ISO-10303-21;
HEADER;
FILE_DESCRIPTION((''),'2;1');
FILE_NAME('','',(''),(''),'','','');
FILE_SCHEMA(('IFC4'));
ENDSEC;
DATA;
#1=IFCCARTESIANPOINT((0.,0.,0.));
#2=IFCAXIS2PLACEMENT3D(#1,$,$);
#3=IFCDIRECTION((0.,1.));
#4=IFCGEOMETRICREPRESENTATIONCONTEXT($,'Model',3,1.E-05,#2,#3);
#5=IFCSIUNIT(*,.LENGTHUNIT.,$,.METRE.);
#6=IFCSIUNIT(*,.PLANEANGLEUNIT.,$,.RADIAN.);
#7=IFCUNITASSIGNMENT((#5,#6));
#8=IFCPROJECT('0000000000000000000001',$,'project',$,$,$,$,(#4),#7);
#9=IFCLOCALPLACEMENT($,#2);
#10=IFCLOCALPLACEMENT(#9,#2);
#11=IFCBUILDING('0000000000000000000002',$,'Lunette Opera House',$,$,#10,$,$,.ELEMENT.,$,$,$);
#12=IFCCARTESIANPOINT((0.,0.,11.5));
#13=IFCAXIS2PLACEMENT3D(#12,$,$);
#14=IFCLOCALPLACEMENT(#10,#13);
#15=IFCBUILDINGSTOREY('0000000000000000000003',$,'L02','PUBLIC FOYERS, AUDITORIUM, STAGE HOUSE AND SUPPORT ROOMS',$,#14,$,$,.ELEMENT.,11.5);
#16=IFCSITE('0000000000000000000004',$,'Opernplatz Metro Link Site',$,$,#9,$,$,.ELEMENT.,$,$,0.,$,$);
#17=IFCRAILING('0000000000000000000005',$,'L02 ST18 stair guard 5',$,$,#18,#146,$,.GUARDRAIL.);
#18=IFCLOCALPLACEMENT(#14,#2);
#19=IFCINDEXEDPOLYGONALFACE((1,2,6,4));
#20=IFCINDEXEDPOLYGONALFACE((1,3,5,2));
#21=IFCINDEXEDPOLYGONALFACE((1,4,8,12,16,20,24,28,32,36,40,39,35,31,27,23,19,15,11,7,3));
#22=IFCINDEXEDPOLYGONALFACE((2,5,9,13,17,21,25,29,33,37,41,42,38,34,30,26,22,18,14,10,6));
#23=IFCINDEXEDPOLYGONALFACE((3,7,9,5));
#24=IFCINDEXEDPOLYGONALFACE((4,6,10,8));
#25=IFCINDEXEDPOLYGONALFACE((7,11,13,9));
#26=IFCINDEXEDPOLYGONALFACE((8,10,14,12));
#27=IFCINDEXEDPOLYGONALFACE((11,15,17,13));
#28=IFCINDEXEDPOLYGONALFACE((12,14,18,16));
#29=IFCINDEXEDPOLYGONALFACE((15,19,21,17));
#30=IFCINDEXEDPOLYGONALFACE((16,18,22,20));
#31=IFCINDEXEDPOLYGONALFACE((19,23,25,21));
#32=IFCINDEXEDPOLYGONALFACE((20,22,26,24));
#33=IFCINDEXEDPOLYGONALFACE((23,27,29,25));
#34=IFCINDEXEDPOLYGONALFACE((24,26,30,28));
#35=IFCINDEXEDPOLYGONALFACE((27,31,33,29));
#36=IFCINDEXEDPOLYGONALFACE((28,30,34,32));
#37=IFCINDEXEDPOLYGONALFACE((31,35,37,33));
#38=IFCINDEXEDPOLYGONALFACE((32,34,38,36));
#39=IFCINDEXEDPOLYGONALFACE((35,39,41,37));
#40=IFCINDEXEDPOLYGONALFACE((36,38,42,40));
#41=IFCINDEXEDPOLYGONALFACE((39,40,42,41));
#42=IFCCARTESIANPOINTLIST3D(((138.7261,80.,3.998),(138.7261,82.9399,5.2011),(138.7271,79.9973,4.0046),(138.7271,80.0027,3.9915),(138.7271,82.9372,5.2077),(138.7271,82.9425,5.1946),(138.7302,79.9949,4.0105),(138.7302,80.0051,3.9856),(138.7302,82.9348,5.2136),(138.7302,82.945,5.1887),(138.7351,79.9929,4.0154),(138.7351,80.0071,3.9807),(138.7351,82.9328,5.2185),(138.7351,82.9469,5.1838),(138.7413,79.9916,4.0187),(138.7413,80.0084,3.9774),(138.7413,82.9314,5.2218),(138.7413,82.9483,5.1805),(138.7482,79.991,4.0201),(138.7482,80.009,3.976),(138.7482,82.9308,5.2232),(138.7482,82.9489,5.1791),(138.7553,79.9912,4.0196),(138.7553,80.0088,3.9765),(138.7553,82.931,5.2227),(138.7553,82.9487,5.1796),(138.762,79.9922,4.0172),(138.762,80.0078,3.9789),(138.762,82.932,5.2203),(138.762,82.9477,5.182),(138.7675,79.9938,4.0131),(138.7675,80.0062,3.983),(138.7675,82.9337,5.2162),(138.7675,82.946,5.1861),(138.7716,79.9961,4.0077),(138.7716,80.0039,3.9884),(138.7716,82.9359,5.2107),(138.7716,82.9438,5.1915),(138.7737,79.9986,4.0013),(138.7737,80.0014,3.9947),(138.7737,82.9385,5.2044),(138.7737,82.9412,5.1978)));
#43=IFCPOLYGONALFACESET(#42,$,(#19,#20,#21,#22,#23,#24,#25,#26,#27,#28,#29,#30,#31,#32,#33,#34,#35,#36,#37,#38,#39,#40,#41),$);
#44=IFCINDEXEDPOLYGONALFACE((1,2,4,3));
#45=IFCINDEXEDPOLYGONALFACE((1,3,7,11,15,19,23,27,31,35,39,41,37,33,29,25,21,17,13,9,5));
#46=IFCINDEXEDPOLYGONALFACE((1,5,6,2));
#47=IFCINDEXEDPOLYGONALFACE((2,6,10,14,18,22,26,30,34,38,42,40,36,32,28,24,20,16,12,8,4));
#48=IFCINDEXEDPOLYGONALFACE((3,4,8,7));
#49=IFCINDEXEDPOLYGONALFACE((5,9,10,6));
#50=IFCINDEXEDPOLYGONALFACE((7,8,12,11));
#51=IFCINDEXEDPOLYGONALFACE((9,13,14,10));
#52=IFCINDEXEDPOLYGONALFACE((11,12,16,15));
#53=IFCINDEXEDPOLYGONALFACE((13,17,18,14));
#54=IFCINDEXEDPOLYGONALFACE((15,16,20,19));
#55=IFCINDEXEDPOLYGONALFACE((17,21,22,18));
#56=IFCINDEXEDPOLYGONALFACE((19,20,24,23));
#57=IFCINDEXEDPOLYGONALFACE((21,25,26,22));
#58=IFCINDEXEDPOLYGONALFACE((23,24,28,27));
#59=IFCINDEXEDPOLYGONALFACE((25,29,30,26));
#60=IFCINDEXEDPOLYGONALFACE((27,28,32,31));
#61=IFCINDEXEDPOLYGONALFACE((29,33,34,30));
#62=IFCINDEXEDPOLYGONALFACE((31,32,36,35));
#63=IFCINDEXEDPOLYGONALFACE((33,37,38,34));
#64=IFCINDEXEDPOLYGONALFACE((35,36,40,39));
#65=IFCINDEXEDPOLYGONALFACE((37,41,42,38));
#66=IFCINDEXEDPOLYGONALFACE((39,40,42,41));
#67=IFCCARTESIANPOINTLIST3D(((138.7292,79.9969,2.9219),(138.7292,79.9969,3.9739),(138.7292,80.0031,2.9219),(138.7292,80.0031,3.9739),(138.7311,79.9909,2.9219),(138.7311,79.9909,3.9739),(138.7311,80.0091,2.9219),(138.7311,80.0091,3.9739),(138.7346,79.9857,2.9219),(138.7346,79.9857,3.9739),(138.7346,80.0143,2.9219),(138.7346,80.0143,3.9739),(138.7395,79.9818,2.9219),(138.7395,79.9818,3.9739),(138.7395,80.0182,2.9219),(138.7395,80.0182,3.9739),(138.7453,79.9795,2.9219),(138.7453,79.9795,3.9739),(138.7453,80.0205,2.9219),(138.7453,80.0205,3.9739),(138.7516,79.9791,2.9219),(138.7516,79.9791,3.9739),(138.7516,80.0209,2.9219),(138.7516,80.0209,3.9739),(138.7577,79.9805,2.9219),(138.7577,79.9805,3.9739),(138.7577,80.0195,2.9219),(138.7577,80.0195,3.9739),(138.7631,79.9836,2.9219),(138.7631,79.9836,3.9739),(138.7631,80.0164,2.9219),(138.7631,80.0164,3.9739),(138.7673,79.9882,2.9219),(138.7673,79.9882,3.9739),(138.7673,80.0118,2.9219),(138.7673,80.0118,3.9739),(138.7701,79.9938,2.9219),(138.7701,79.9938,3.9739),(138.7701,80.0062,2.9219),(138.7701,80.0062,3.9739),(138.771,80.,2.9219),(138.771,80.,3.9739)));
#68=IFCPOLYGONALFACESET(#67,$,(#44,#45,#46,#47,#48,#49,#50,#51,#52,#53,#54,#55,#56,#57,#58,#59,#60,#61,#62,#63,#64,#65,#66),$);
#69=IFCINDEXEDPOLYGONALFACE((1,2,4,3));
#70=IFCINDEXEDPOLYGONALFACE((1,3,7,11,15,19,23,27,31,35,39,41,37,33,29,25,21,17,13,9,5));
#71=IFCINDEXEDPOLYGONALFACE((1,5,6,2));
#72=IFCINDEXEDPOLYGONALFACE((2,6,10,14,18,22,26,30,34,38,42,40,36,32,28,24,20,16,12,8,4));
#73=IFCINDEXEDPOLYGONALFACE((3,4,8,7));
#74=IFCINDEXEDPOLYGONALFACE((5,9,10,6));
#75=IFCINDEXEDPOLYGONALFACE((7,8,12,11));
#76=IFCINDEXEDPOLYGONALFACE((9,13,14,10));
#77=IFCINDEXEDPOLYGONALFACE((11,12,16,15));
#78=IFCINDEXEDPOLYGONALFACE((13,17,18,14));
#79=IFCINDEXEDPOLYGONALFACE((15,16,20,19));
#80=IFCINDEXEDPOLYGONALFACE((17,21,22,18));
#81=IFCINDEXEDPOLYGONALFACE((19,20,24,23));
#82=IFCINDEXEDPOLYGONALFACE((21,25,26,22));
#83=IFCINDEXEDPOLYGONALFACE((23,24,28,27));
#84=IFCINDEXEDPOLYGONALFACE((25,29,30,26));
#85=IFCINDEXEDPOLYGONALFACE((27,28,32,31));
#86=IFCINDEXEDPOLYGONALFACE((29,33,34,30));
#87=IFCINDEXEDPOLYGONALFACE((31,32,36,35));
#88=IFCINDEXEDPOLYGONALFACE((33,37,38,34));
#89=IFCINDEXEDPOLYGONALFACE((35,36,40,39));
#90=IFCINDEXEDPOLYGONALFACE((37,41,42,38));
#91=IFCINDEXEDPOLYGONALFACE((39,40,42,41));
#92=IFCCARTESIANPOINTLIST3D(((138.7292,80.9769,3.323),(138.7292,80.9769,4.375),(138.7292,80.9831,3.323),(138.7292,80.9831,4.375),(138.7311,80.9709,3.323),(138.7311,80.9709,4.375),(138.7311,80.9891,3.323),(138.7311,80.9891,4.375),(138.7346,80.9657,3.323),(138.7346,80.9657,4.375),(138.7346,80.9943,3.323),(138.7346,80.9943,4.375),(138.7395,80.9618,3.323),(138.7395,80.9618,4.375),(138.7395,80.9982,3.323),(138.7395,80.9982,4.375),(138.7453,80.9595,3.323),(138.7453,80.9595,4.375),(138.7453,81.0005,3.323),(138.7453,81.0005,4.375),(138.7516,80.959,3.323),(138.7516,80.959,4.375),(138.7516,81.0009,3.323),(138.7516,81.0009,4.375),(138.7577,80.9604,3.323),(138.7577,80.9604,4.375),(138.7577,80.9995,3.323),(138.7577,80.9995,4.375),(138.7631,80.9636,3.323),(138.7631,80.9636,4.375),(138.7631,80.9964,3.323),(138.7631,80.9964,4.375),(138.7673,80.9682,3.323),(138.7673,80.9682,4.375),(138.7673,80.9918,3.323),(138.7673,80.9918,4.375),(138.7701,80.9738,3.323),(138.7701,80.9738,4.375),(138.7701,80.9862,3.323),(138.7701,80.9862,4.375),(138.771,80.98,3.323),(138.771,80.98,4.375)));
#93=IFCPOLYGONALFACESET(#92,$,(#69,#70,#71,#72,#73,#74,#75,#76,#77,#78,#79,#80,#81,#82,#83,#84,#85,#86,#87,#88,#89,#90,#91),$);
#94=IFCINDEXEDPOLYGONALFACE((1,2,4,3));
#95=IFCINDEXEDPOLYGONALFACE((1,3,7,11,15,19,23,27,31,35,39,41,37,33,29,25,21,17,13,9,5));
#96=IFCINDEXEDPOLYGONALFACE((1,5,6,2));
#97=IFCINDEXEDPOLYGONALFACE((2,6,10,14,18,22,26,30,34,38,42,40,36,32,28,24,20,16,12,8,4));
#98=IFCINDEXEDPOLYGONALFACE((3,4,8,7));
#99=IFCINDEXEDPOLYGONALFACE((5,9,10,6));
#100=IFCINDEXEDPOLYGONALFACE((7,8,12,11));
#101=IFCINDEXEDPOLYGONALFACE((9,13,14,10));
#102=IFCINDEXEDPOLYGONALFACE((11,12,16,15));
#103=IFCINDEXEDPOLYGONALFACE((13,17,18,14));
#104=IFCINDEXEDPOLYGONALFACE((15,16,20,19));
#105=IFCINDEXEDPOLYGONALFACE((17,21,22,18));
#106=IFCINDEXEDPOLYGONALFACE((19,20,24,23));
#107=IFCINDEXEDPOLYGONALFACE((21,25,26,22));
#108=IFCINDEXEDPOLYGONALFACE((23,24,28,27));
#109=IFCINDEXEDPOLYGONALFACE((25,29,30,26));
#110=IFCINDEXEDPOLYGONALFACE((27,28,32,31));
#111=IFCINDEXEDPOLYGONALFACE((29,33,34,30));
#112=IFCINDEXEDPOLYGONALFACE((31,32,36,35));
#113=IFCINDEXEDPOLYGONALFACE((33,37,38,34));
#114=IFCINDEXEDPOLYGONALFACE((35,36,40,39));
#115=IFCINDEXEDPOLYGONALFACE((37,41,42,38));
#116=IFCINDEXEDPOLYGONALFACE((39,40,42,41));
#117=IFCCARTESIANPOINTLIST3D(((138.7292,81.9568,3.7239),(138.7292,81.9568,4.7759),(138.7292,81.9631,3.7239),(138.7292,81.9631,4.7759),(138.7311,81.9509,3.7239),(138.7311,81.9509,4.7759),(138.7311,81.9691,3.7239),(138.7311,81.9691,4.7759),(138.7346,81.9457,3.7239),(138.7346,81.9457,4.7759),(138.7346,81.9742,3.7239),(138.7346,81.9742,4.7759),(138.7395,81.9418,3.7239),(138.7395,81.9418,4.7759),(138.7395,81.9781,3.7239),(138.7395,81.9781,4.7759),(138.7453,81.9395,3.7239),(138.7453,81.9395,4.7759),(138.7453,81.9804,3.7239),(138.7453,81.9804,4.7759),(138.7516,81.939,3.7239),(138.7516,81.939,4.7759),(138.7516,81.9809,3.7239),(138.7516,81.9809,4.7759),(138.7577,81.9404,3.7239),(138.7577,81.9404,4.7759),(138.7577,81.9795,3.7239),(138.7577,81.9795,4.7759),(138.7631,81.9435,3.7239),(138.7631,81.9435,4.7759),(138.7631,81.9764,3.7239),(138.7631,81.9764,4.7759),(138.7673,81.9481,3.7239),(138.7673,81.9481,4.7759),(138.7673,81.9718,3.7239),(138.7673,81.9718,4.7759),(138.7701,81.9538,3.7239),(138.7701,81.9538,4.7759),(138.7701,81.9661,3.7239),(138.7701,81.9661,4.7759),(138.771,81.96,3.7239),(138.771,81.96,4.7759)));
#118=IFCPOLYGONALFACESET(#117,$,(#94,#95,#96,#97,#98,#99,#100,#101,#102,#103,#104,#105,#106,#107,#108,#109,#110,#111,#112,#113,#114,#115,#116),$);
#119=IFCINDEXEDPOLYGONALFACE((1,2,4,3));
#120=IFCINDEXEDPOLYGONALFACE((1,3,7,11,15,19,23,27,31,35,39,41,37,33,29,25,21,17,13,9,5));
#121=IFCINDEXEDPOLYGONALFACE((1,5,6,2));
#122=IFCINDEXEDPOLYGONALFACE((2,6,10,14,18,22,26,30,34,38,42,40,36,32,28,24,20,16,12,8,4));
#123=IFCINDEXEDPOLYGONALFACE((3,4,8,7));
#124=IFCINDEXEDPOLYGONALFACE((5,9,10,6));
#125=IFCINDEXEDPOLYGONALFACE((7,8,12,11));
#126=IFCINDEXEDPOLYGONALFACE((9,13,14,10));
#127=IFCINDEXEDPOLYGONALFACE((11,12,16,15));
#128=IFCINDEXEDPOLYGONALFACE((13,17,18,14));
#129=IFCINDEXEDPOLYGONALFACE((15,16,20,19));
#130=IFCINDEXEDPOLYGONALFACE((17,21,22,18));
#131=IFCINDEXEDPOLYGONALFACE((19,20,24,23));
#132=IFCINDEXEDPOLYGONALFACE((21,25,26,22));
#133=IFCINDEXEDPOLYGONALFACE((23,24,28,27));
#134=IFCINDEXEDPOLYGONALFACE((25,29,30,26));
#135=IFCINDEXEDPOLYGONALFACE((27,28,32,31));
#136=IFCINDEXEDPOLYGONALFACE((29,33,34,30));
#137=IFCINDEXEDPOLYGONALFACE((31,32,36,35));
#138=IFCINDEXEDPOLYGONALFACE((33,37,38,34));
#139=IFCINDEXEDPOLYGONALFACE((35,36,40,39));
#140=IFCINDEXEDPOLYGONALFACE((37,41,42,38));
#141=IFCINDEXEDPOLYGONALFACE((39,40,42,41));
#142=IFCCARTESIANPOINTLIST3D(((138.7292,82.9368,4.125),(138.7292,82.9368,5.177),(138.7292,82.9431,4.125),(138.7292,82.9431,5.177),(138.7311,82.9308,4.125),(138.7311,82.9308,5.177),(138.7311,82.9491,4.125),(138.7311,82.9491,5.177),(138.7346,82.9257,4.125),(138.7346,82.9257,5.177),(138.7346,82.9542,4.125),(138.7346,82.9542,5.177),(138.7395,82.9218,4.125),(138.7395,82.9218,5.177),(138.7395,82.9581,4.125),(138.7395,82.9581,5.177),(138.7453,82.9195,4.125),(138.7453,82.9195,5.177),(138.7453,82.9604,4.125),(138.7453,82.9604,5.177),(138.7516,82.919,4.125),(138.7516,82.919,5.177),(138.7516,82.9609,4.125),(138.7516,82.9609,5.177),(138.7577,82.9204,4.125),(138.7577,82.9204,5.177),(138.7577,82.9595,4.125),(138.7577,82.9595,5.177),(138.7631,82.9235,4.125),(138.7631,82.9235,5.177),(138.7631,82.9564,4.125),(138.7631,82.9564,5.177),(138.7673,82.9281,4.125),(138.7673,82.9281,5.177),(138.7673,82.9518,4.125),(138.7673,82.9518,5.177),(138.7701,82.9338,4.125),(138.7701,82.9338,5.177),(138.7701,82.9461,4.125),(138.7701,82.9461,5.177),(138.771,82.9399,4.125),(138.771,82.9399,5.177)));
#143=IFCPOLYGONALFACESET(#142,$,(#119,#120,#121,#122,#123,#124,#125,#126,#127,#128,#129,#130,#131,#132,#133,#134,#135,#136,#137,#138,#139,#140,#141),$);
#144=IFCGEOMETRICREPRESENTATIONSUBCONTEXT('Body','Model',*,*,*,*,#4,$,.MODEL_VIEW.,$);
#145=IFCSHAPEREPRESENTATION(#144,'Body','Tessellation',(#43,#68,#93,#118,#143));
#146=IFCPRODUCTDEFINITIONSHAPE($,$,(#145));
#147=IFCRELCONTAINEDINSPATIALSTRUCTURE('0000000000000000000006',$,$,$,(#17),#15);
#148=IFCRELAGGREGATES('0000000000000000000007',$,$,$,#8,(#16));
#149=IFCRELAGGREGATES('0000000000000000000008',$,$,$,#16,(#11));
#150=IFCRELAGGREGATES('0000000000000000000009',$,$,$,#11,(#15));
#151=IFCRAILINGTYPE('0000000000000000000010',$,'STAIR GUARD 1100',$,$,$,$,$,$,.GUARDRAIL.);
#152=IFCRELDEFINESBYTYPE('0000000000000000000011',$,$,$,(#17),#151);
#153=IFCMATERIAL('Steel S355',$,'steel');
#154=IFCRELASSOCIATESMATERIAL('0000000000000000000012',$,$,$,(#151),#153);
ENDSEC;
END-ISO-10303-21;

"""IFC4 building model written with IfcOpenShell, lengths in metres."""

from ifc_helpers import new_model, si_unit, direction, frame, origin, origin_2d, place, context, subcontext, project, spatial, circle, extrude, material, type_object, element, save


model = new_model("IFC4")

# Units and contexts
model_context = context("Model", 3, precision=1e-05, world=origin(), true_north=direction((0.0, 1.0)))
body_context = subcontext(model_context, "Body", "Model", "MODEL_VIEW")
ifc_project = project(units=[si_unit("LENGTHUNIT", "METRE"), si_unit("PLANEANGLEUNIT", "RADIAN")], contexts=[model_context])

# Site, building, storey
site_placement = place(None, origin())
site = spatial("IfcSite", under=ifc_project, at=site_placement, Name="Opernplatz Metro Link Site", CompositionType="ELEMENT", RefElevation=0.0)
building_placement = place(site_placement, origin())
building = spatial("IfcBuilding", under=site, at=building_placement, Name="Lunette Opera House", CompositionType="ELEMENT")
storey_placement = place(building_placement, frame((0.0, 0.0, 11.5)))
storey = spatial("IfcBuildingStorey", under=building, at=storey_placement, Name="L02", Description="PUBLIC FOYERS, AUDITORIUM, STAGE HOUSE AND SUPPORT ROOMS", CompositionType="ELEMENT", Elevation=11.5)

# Railing
ifc_material_1 = material(Name="Steel S355", Category="steel")
railing_type_1 = type_object("IfcRailingType", Name="STAIR GUARD 1100", PredefinedType="GUARDRAIL", material=ifc_material_1)
railing_1_placement = place(storey_placement, frame((138.75, 80.0, 2.9219)))
element("IfcRailing", 1, at=railing_1_placement, inside=storey, type_object=railing_type_1, Name="L02 ST18 stair guard 5", PredefinedType="GUARDRAIL", context=body_context, shape_type="SweptSolid", body=[
    extrude(circle(Radius=0.0239, at=origin_2d()), frame((0.0, 0.0, 1.0762), z_axis=(0.0, 0.9255, 0.378747), x_axis=(-1.0, 0.0, 0.0)), (0.0, 0.0, 1.0), 3.1765),
    extrude(circle(Radius=0.021, at=origin_2d()), origin(), (0.0, 0.0, 1.0), 1.052),
    extrude(circle(Radius=0.021, at=origin_2d()), frame((0.0, 0.98, 0.4011)), (0.0, 0.0, 1.0), 1.052),
    extrude(circle(Radius=0.021, at=origin_2d()), frame((0.0, 1.96, 0.802)), (0.0, 0.0, 1.0), 1.052),
    extrude(circle(Radius=0.021, at=origin_2d()), frame((0.0, 2.9399, 1.2031)), (0.0, 0.0, 1.0), 1.052),
])

save(model, "model.ifc")
